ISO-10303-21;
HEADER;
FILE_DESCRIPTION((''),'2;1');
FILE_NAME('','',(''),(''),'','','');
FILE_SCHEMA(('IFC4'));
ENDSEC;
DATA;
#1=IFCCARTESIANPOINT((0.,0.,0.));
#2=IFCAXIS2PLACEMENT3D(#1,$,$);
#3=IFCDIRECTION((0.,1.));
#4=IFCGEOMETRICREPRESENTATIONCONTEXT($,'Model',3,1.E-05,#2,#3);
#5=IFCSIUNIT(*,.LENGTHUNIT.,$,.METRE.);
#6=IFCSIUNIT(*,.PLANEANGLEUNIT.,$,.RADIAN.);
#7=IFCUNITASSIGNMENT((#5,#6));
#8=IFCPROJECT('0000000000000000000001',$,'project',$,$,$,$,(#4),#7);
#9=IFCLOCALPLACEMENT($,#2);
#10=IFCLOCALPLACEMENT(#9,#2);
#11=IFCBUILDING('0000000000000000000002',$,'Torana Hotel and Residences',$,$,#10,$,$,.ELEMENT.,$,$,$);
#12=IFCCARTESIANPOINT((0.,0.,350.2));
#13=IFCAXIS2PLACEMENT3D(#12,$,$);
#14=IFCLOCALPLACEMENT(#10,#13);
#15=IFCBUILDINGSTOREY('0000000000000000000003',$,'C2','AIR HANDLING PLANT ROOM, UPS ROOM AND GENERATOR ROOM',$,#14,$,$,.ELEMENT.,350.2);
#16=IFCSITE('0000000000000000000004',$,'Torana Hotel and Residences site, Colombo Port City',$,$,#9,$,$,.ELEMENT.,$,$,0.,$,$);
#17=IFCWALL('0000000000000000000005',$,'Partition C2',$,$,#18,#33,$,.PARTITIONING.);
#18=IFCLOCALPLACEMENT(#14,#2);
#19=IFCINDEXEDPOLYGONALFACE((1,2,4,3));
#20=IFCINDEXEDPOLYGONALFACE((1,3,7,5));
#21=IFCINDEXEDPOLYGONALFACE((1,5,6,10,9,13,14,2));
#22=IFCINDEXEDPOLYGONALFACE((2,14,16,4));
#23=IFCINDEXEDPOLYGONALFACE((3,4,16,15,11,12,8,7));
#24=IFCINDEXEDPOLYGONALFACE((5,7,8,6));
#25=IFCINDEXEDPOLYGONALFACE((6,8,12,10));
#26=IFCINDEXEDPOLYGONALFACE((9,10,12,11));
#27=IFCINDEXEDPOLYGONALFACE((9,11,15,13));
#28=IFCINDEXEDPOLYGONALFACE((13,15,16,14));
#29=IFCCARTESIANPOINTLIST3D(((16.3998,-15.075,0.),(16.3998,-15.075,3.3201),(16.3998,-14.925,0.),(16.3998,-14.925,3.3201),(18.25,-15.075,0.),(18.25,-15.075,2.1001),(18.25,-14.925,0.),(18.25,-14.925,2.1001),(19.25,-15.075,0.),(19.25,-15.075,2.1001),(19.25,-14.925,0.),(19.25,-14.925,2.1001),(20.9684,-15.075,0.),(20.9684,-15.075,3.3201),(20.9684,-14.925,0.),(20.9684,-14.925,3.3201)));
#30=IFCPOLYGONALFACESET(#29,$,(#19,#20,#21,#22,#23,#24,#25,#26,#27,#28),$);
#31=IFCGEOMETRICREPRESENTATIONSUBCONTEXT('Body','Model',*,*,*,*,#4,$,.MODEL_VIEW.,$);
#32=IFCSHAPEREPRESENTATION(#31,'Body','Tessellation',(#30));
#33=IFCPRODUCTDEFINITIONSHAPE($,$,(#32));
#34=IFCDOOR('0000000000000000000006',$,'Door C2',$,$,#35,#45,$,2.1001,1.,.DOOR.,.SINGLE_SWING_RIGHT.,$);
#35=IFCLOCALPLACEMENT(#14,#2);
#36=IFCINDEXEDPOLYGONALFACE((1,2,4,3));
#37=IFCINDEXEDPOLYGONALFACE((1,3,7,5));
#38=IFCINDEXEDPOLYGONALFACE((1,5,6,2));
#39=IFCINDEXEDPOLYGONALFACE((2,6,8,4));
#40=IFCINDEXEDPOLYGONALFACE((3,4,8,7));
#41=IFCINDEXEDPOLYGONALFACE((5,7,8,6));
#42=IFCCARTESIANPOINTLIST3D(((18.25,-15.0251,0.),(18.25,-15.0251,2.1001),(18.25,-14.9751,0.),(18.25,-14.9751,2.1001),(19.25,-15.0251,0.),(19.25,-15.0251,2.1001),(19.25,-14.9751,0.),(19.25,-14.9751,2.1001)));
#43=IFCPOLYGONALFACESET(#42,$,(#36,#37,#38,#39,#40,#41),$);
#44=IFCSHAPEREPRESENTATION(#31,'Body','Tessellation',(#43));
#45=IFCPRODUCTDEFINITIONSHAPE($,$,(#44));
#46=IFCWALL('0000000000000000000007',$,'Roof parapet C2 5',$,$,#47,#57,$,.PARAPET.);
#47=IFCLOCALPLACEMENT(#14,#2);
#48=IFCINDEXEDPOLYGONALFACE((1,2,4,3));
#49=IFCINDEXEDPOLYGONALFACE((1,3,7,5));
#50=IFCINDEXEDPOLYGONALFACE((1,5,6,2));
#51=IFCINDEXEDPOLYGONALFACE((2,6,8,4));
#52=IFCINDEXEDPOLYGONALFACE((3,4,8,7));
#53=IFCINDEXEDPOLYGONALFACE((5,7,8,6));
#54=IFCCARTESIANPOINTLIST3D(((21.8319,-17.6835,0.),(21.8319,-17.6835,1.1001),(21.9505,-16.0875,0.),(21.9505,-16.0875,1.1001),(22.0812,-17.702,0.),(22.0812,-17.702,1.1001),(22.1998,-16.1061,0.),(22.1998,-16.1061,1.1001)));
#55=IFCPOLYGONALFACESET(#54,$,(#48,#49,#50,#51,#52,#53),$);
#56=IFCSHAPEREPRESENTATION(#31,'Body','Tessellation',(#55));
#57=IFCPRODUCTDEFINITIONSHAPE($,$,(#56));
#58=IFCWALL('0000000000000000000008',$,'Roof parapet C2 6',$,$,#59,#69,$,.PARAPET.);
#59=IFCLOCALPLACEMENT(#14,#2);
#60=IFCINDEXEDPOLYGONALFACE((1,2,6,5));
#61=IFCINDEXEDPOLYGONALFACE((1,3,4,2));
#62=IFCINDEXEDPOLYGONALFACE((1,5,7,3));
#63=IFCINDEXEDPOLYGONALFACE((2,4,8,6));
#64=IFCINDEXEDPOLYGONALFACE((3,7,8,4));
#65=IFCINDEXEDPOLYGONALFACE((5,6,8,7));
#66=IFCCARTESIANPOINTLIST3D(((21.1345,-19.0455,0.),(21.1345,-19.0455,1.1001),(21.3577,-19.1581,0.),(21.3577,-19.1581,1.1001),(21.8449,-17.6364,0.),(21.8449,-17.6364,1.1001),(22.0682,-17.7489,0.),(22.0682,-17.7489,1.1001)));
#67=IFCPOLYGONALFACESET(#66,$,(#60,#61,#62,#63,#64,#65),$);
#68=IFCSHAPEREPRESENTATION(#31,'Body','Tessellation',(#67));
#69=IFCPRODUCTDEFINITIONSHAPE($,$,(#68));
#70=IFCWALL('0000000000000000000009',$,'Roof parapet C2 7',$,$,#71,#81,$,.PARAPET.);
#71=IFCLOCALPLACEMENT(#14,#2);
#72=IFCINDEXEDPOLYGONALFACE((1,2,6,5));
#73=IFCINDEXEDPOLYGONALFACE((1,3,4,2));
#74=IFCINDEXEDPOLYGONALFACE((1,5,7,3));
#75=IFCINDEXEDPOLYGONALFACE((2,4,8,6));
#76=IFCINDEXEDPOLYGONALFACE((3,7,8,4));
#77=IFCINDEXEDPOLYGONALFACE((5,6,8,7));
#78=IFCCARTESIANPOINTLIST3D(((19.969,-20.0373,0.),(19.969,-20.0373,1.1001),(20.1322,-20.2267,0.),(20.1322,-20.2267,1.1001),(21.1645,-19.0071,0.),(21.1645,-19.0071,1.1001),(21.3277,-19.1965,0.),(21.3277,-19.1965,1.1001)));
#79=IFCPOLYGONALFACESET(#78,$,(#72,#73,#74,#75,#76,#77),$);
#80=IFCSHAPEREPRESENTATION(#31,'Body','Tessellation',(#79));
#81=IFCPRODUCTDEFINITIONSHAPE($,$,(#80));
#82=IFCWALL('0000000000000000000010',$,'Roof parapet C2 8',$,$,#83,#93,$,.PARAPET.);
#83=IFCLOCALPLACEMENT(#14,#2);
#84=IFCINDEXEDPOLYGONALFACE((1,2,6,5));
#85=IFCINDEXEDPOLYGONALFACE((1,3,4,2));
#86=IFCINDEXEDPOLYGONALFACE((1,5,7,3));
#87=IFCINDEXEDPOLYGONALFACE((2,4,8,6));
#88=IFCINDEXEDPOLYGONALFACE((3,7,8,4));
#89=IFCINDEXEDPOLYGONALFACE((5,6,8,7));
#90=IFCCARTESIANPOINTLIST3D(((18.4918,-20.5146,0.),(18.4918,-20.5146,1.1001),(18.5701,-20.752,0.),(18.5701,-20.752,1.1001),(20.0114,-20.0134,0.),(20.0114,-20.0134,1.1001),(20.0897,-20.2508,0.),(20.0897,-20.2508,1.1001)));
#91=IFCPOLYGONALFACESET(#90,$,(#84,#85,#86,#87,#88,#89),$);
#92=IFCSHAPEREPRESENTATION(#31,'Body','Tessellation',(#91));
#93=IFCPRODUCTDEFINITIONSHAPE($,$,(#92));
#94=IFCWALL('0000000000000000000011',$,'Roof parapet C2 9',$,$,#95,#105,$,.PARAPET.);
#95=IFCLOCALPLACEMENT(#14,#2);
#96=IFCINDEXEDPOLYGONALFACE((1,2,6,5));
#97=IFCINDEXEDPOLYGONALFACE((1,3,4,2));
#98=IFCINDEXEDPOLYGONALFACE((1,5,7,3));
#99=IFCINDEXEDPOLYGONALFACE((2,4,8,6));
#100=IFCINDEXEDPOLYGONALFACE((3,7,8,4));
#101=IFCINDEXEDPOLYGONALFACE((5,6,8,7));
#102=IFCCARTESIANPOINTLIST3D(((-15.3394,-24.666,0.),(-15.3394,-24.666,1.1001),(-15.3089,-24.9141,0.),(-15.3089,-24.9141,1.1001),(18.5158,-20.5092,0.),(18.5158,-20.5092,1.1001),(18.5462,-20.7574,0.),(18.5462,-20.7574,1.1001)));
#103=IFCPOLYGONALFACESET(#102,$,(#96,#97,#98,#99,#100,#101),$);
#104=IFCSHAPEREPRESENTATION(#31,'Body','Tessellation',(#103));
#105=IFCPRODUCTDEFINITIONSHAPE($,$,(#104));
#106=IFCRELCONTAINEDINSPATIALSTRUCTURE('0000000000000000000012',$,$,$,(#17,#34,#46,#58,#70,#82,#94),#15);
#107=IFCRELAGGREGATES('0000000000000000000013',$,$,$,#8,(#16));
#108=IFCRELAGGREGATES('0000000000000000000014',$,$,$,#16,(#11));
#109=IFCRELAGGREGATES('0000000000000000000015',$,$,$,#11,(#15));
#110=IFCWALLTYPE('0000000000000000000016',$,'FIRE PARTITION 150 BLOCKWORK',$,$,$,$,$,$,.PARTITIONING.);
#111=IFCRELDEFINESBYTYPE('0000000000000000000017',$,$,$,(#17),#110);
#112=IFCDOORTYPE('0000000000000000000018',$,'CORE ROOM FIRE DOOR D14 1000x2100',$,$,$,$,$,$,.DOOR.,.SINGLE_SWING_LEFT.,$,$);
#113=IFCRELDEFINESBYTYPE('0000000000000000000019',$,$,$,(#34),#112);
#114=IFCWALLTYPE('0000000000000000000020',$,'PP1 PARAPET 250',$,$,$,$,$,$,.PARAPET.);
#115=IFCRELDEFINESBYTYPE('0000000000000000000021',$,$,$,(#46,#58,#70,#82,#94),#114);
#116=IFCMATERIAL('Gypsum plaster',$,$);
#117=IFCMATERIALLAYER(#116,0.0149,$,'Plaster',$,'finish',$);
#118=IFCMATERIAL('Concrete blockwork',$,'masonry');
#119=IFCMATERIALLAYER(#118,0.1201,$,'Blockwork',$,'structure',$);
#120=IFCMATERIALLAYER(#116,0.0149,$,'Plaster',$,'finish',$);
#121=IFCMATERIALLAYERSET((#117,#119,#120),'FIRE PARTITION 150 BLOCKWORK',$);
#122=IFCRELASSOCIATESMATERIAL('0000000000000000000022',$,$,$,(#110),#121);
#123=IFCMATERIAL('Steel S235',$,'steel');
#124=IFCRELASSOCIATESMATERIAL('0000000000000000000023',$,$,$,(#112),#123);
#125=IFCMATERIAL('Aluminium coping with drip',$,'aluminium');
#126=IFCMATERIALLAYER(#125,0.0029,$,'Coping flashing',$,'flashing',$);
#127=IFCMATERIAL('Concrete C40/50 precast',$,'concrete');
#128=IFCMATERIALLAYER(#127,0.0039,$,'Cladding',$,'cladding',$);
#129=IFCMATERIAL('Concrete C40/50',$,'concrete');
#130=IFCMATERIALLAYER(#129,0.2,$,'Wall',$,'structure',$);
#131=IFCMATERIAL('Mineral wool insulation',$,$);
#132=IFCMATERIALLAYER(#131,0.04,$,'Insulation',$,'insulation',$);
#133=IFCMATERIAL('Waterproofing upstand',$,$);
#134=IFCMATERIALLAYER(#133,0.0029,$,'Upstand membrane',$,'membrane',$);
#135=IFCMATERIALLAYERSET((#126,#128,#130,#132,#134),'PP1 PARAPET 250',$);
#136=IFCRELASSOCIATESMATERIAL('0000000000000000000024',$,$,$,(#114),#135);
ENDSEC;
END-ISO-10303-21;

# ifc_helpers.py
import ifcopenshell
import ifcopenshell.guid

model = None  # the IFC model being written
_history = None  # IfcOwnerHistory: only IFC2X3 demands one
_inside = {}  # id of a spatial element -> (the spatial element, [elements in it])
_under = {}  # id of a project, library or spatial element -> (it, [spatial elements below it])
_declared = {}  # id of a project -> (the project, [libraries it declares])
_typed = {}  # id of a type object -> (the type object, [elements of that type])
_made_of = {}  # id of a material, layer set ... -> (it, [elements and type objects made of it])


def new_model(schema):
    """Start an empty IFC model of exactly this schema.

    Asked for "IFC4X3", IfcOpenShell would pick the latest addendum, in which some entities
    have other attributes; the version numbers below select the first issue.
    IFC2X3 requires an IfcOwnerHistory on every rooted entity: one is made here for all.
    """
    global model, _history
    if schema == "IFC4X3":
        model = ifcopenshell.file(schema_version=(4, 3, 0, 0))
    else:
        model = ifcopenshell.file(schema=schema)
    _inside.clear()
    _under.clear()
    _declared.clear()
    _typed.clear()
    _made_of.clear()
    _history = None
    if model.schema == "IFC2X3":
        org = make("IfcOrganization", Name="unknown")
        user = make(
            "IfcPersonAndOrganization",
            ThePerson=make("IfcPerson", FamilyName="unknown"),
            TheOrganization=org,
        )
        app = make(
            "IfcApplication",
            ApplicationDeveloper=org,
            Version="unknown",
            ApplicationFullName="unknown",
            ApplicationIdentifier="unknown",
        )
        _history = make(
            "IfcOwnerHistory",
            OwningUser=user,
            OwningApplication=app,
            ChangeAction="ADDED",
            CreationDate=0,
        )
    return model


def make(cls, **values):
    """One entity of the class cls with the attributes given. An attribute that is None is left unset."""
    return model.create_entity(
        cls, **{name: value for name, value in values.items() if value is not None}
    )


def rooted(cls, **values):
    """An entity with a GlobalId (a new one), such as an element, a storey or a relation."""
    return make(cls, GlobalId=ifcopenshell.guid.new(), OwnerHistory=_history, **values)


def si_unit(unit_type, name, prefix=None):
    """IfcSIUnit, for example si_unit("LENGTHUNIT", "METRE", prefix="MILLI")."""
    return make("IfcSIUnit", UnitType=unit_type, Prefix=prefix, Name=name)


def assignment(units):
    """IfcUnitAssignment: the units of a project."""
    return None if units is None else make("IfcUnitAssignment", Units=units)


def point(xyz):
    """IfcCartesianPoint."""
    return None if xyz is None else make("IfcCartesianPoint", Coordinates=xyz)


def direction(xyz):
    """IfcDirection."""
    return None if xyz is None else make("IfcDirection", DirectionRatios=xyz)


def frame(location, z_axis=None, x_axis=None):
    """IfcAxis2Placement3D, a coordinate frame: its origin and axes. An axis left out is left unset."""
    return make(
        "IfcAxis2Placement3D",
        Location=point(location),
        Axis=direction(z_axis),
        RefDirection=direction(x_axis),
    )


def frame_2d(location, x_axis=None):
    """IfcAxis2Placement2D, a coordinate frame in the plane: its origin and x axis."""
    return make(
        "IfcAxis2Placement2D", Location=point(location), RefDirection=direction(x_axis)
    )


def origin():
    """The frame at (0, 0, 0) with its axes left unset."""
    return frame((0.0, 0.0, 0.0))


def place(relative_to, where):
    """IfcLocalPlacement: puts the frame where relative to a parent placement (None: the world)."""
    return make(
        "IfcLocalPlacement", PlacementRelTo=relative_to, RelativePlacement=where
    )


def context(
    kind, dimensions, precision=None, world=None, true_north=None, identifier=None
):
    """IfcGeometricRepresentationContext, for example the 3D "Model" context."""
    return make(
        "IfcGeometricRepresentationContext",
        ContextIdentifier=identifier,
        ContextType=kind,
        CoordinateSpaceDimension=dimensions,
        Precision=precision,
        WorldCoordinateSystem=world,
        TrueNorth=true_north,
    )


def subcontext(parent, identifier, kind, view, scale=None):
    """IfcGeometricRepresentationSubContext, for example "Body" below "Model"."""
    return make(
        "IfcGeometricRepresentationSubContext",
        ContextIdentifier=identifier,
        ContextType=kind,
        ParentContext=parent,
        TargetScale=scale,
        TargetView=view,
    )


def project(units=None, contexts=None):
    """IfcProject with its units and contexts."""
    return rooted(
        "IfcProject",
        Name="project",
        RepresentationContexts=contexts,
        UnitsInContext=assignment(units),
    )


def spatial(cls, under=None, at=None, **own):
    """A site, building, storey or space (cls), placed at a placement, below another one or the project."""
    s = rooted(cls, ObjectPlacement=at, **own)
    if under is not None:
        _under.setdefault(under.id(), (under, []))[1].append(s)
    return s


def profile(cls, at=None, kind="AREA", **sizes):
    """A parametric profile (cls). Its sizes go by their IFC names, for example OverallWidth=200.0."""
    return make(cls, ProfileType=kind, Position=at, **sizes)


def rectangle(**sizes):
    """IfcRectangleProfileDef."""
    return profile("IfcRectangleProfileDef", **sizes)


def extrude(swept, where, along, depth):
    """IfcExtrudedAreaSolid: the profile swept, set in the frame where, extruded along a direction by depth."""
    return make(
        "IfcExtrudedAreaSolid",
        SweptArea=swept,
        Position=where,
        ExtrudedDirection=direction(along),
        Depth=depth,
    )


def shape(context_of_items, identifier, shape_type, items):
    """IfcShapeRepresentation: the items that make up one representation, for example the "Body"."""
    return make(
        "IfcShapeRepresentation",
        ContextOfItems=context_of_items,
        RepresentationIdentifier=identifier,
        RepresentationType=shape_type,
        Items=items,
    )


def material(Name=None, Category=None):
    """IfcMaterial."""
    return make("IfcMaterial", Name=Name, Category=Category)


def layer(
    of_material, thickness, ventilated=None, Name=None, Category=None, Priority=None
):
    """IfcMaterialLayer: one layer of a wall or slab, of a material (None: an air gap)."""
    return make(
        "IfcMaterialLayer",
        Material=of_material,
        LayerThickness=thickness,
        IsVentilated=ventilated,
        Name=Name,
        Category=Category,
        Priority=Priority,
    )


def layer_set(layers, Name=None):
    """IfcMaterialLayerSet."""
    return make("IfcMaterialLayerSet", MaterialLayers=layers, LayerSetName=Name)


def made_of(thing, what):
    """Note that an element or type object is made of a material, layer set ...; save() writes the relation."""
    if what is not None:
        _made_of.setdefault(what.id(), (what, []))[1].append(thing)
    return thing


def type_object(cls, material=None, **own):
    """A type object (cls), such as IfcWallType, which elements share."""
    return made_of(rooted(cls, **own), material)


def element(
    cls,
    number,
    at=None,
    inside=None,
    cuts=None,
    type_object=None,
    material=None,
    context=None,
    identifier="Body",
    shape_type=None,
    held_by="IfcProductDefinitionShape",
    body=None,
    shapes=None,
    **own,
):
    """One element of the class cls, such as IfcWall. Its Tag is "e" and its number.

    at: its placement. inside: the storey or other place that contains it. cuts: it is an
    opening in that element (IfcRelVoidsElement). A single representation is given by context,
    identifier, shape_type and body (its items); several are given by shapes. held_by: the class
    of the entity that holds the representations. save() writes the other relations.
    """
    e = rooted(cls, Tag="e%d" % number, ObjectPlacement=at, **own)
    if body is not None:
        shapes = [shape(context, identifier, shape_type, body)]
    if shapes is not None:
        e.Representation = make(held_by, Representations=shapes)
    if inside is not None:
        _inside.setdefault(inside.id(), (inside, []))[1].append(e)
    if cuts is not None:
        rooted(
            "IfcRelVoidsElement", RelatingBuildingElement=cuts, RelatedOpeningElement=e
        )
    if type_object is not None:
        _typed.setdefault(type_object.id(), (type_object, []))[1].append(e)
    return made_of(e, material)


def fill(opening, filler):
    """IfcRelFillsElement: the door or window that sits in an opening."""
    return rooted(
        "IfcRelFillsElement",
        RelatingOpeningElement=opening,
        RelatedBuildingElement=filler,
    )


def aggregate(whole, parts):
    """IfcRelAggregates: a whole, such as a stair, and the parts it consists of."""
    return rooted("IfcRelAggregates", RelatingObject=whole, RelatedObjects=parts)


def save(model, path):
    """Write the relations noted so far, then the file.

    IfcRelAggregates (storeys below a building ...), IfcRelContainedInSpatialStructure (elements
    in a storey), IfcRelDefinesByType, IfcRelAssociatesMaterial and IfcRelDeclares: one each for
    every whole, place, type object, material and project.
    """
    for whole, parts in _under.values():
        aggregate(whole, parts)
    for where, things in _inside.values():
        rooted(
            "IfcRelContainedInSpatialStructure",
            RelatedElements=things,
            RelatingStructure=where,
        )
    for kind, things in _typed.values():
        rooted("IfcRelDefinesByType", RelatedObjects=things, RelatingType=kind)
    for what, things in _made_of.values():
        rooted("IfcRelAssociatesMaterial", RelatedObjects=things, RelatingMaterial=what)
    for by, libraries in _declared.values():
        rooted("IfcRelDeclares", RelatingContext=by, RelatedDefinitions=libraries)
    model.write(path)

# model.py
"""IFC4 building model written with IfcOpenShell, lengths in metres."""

from ifc_helpers import new_model, si_unit, direction, frame, frame_2d, origin, place, context, subcontext, project, spatial, rectangle, extrude, material, layer, layer_set, type_object, element, fill, save


model = new_model("IFC4")

# Units and contexts
model_context = context("Model", 3, precision=1e-05, world=origin(), true_north=direction((0.0, 1.0)))
body_context = subcontext(model_context, "Body", "Model", "MODEL_VIEW")
ifc_project = project(units=[si_unit("LENGTHUNIT", "METRE"), si_unit("PLANEANGLEUNIT", "RADIAN")], contexts=[model_context])

# Site, building, storey
site_placement = place(None, origin())
site = spatial("IfcSite", under=ifc_project, at=site_placement, Name="Torana Hotel and Residences site, Colombo Port City", CompositionType="ELEMENT", RefElevation=0.0)
building_placement = place(site_placement, origin())
building = spatial("IfcBuilding", under=site, at=building_placement, Name="Torana Hotel and Residences", CompositionType="ELEMENT")
storey_placement = place(building_placement, frame((0.0, 0.0, 350.2)))
storey = spatial("IfcBuildingStorey", under=building, at=storey_placement, Name="C2", Description="AIR HANDLING PLANT ROOM, UPS ROOM AND GENERATOR ROOM", CompositionType="ELEMENT", Elevation=350.2)

# Wall, opening, door
ifc_material_1 = material(Name="Gypsum plaster")
ifc_layer_1 = layer(ifc_material_1, 0.0149, Name="Plaster", Category="finish")
ifc_material_2 = material(Name="Concrete blockwork", Category="masonry")
ifc_layer_2 = layer(ifc_material_2, 0.1201, Name="Blockwork", Category="structure")
ifc_layer_3 = layer(ifc_material_1, 0.0149, Name="Plaster", Category="finish")
ifc_layer_set_1 = layer_set([ifc_layer_1, ifc_layer_2, ifc_layer_3], Name="FIRE PARTITION 150 BLOCKWORK")
wall_type_1 = type_object("IfcWallType", Name="FIRE PARTITION 150 BLOCKWORK", PredefinedType="PARTITIONING", material=ifc_layer_set_1)
wall_1_placement = place(storey_placement, frame((16.3999, -15.0, 0.0), z_axis=(0.0, 0.0, 1.0), x_axis=(1.0, 0.0, 0.0)))
wall_1 = element("IfcWall", 1, at=wall_1_placement, inside=storey, type_object=wall_type_1, Name="Partition C2", PredefinedType="PARTITIONING", context=body_context, shape_type="SweptSolid", body=[
    extrude(rectangle(XDim=4.5686, YDim=0.1499, at=frame_2d((2.2842, 0.0))), origin(), (0.0, 0.0, 1.0), 3.3201),
])
opening_1_placement = place(wall_1_placement, frame((1.8501, 0.0, 0.0)))
opening_1 = element("IfcOpeningElement", 2, at=opening_1_placement, cuts=wall_1, PredefinedType="OPENING", context=body_context, shape_type="SweptSolid", body=[
    extrude(rectangle(XDim=1.0, YDim=2.1001, at=frame_2d((0.5, 1.05))), frame((0.0, 0.085, 0.0), z_axis=(0.0, -1.0, 0.0), x_axis=(1.0, 0.0, 0.0)), (0.0, 0.0, 1.0), 0.1699),
])
ifc_material_3 = material(Name="Steel S235", Category="steel")
door_type_1 = type_object("IfcDoorType", Name="CORE ROOM FIRE DOOR D14 1000x2100", OperationType="SINGLE_SWING_LEFT", PredefinedType="DOOR", material=ifc_material_3)
door_1_placement = place(opening_1_placement, origin())
door_1 = element("IfcDoor", 3, at=door_1_placement, inside=storey, type_object=door_type_1, Name="Door C2", OperationType="SINGLE_SWING_RIGHT", OverallHeight=2.1001, OverallWidth=1.0, PredefinedType="DOOR", context=body_context, shape_type="SweptSolid", body=[
    extrude(rectangle(XDim=1.0, YDim=2.1001, at=frame_2d((0.5, 1.05))), frame((0.0, 0.0249, 0.0), z_axis=(0.0, -1.0, 0.0), x_axis=(1.0, 0.0, 0.0)), (0.0, 0.0, 1.0), 0.05),
])
fill(opening_1, door_1)

# Walls
ifc_material_4 = material(Name="Aluminium coping with drip", Category="aluminium")
ifc_layer_4 = layer(ifc_material_4, 0.0029, Name="Coping flashing", Category="flashing")
ifc_material_5 = material(Name="Concrete C40/50 precast", Category="concrete")
ifc_layer_5 = layer(ifc_material_5, 0.0039, Name="Cladding", Category="cladding")
ifc_material_6 = material(Name="Concrete C40/50", Category="concrete")
ifc_layer_6 = layer(ifc_material_6, 0.2, Name="Wall", Category="structure")
ifc_material_7 = material(Name="Mineral wool insulation")
ifc_layer_7 = layer(ifc_material_7, 0.04, Name="Insulation", Category="insulation")
ifc_material_8 = material(Name="Waterproofing upstand")
ifc_layer_8 = layer(ifc_material_8, 0.0029, Name="Upstand membrane", Category="membrane")
ifc_layer_set_2 = layer_set([ifc_layer_4, ifc_layer_5, ifc_layer_6, ifc_layer_7, ifc_layer_8], Name="PP1 PARAPET 250")
wall_type_2 = type_object("IfcWallType", Name="PP1 PARAPET 250", PredefinedType="PARAPET", material=ifc_layer_set_2)
wall_2_placement = place(storey_placement, frame((22.0752, -16.0967, 0.0), z_axis=(0.0, 0.0, 1.0), x_axis=(-0.074141, -0.997248, 0.0)))
element("IfcWall", 4, at=wall_2_placement, inside=storey, type_object=wall_type_2, Name="Roof parapet C2 5", PredefinedType="PARAPET", context=body_context, shape_type="SweptSolid", body=[
    extrude(rectangle(XDim=1.6003, YDim=0.25, at=frame_2d((0.8003, 0.0))), origin(), (0.0, 0.0, 1.0), 1.1001),
])
for number, where, z_axis, x_axis, name in (
    (5, (21.9565, -17.6926, 0.0), (0.0, 0.0, 1.0), (-0.450181, -0.892937, 0.0), "Roof parapet C2 6"),
    (6, (21.2461, -19.1018, 0.0), (0.0, 0.0, 1.0), (-0.757529, -0.652802, 0.0), "Roof parapet C2 7"),
):
    element("IfcWall", number, at=place(storey_placement, frame(where, z_axis=z_axis, x_axis=x_axis)), inside=storey, type_object=wall_type_2, Name=name, PredefinedType="PARAPET", context=body_context, shape_type="SweptSolid", body=[
        extrude(rectangle(XDim=1.5781, YDim=0.25, at=frame_2d((0.7891, 0.0))), origin(), (0.0, 0.0, 1.0), 1.1001),
    ])
wall_3_placement = place(storey_placement, frame((20.0505, -20.1321, 0.0), z_axis=(0.0, 0.0, 1.0), x_axis=(-0.94967, -0.313251, 0.0)))
element("IfcWall", 7, at=wall_3_placement, inside=storey, type_object=wall_type_2, Name="Roof parapet C2 8", PredefinedType="PARAPET", context=body_context, shape_type="SweptSolid", body=[
    extrude(rectangle(XDim=1.6001, YDim=0.25, at=frame_2d((0.8, 0.0))), origin(), (0.0, 0.0, 1.0), 1.1001),
])
wall_4_placement = place(storey_placement, frame((18.531, -20.6333, 0.0), z_axis=(0.0, 0.0, 1.0), x_axis=(-0.992547, -0.121865, 0.0)))
element("IfcWall", 8, at=wall_4_placement, inside=storey, type_object=wall_type_2, Name="Roof parapet C2 9", PredefinedType="PARAPET", context=body_context, shape_type="SweptSolid", body=[
    extrude(rectangle(XDim=34.1094, YDim=0.25, at=frame_2d((17.0547, 0.0))), origin(), (0.0, 0.0, 1.0), 1.1001),
])

save(model, "model.ifc")
